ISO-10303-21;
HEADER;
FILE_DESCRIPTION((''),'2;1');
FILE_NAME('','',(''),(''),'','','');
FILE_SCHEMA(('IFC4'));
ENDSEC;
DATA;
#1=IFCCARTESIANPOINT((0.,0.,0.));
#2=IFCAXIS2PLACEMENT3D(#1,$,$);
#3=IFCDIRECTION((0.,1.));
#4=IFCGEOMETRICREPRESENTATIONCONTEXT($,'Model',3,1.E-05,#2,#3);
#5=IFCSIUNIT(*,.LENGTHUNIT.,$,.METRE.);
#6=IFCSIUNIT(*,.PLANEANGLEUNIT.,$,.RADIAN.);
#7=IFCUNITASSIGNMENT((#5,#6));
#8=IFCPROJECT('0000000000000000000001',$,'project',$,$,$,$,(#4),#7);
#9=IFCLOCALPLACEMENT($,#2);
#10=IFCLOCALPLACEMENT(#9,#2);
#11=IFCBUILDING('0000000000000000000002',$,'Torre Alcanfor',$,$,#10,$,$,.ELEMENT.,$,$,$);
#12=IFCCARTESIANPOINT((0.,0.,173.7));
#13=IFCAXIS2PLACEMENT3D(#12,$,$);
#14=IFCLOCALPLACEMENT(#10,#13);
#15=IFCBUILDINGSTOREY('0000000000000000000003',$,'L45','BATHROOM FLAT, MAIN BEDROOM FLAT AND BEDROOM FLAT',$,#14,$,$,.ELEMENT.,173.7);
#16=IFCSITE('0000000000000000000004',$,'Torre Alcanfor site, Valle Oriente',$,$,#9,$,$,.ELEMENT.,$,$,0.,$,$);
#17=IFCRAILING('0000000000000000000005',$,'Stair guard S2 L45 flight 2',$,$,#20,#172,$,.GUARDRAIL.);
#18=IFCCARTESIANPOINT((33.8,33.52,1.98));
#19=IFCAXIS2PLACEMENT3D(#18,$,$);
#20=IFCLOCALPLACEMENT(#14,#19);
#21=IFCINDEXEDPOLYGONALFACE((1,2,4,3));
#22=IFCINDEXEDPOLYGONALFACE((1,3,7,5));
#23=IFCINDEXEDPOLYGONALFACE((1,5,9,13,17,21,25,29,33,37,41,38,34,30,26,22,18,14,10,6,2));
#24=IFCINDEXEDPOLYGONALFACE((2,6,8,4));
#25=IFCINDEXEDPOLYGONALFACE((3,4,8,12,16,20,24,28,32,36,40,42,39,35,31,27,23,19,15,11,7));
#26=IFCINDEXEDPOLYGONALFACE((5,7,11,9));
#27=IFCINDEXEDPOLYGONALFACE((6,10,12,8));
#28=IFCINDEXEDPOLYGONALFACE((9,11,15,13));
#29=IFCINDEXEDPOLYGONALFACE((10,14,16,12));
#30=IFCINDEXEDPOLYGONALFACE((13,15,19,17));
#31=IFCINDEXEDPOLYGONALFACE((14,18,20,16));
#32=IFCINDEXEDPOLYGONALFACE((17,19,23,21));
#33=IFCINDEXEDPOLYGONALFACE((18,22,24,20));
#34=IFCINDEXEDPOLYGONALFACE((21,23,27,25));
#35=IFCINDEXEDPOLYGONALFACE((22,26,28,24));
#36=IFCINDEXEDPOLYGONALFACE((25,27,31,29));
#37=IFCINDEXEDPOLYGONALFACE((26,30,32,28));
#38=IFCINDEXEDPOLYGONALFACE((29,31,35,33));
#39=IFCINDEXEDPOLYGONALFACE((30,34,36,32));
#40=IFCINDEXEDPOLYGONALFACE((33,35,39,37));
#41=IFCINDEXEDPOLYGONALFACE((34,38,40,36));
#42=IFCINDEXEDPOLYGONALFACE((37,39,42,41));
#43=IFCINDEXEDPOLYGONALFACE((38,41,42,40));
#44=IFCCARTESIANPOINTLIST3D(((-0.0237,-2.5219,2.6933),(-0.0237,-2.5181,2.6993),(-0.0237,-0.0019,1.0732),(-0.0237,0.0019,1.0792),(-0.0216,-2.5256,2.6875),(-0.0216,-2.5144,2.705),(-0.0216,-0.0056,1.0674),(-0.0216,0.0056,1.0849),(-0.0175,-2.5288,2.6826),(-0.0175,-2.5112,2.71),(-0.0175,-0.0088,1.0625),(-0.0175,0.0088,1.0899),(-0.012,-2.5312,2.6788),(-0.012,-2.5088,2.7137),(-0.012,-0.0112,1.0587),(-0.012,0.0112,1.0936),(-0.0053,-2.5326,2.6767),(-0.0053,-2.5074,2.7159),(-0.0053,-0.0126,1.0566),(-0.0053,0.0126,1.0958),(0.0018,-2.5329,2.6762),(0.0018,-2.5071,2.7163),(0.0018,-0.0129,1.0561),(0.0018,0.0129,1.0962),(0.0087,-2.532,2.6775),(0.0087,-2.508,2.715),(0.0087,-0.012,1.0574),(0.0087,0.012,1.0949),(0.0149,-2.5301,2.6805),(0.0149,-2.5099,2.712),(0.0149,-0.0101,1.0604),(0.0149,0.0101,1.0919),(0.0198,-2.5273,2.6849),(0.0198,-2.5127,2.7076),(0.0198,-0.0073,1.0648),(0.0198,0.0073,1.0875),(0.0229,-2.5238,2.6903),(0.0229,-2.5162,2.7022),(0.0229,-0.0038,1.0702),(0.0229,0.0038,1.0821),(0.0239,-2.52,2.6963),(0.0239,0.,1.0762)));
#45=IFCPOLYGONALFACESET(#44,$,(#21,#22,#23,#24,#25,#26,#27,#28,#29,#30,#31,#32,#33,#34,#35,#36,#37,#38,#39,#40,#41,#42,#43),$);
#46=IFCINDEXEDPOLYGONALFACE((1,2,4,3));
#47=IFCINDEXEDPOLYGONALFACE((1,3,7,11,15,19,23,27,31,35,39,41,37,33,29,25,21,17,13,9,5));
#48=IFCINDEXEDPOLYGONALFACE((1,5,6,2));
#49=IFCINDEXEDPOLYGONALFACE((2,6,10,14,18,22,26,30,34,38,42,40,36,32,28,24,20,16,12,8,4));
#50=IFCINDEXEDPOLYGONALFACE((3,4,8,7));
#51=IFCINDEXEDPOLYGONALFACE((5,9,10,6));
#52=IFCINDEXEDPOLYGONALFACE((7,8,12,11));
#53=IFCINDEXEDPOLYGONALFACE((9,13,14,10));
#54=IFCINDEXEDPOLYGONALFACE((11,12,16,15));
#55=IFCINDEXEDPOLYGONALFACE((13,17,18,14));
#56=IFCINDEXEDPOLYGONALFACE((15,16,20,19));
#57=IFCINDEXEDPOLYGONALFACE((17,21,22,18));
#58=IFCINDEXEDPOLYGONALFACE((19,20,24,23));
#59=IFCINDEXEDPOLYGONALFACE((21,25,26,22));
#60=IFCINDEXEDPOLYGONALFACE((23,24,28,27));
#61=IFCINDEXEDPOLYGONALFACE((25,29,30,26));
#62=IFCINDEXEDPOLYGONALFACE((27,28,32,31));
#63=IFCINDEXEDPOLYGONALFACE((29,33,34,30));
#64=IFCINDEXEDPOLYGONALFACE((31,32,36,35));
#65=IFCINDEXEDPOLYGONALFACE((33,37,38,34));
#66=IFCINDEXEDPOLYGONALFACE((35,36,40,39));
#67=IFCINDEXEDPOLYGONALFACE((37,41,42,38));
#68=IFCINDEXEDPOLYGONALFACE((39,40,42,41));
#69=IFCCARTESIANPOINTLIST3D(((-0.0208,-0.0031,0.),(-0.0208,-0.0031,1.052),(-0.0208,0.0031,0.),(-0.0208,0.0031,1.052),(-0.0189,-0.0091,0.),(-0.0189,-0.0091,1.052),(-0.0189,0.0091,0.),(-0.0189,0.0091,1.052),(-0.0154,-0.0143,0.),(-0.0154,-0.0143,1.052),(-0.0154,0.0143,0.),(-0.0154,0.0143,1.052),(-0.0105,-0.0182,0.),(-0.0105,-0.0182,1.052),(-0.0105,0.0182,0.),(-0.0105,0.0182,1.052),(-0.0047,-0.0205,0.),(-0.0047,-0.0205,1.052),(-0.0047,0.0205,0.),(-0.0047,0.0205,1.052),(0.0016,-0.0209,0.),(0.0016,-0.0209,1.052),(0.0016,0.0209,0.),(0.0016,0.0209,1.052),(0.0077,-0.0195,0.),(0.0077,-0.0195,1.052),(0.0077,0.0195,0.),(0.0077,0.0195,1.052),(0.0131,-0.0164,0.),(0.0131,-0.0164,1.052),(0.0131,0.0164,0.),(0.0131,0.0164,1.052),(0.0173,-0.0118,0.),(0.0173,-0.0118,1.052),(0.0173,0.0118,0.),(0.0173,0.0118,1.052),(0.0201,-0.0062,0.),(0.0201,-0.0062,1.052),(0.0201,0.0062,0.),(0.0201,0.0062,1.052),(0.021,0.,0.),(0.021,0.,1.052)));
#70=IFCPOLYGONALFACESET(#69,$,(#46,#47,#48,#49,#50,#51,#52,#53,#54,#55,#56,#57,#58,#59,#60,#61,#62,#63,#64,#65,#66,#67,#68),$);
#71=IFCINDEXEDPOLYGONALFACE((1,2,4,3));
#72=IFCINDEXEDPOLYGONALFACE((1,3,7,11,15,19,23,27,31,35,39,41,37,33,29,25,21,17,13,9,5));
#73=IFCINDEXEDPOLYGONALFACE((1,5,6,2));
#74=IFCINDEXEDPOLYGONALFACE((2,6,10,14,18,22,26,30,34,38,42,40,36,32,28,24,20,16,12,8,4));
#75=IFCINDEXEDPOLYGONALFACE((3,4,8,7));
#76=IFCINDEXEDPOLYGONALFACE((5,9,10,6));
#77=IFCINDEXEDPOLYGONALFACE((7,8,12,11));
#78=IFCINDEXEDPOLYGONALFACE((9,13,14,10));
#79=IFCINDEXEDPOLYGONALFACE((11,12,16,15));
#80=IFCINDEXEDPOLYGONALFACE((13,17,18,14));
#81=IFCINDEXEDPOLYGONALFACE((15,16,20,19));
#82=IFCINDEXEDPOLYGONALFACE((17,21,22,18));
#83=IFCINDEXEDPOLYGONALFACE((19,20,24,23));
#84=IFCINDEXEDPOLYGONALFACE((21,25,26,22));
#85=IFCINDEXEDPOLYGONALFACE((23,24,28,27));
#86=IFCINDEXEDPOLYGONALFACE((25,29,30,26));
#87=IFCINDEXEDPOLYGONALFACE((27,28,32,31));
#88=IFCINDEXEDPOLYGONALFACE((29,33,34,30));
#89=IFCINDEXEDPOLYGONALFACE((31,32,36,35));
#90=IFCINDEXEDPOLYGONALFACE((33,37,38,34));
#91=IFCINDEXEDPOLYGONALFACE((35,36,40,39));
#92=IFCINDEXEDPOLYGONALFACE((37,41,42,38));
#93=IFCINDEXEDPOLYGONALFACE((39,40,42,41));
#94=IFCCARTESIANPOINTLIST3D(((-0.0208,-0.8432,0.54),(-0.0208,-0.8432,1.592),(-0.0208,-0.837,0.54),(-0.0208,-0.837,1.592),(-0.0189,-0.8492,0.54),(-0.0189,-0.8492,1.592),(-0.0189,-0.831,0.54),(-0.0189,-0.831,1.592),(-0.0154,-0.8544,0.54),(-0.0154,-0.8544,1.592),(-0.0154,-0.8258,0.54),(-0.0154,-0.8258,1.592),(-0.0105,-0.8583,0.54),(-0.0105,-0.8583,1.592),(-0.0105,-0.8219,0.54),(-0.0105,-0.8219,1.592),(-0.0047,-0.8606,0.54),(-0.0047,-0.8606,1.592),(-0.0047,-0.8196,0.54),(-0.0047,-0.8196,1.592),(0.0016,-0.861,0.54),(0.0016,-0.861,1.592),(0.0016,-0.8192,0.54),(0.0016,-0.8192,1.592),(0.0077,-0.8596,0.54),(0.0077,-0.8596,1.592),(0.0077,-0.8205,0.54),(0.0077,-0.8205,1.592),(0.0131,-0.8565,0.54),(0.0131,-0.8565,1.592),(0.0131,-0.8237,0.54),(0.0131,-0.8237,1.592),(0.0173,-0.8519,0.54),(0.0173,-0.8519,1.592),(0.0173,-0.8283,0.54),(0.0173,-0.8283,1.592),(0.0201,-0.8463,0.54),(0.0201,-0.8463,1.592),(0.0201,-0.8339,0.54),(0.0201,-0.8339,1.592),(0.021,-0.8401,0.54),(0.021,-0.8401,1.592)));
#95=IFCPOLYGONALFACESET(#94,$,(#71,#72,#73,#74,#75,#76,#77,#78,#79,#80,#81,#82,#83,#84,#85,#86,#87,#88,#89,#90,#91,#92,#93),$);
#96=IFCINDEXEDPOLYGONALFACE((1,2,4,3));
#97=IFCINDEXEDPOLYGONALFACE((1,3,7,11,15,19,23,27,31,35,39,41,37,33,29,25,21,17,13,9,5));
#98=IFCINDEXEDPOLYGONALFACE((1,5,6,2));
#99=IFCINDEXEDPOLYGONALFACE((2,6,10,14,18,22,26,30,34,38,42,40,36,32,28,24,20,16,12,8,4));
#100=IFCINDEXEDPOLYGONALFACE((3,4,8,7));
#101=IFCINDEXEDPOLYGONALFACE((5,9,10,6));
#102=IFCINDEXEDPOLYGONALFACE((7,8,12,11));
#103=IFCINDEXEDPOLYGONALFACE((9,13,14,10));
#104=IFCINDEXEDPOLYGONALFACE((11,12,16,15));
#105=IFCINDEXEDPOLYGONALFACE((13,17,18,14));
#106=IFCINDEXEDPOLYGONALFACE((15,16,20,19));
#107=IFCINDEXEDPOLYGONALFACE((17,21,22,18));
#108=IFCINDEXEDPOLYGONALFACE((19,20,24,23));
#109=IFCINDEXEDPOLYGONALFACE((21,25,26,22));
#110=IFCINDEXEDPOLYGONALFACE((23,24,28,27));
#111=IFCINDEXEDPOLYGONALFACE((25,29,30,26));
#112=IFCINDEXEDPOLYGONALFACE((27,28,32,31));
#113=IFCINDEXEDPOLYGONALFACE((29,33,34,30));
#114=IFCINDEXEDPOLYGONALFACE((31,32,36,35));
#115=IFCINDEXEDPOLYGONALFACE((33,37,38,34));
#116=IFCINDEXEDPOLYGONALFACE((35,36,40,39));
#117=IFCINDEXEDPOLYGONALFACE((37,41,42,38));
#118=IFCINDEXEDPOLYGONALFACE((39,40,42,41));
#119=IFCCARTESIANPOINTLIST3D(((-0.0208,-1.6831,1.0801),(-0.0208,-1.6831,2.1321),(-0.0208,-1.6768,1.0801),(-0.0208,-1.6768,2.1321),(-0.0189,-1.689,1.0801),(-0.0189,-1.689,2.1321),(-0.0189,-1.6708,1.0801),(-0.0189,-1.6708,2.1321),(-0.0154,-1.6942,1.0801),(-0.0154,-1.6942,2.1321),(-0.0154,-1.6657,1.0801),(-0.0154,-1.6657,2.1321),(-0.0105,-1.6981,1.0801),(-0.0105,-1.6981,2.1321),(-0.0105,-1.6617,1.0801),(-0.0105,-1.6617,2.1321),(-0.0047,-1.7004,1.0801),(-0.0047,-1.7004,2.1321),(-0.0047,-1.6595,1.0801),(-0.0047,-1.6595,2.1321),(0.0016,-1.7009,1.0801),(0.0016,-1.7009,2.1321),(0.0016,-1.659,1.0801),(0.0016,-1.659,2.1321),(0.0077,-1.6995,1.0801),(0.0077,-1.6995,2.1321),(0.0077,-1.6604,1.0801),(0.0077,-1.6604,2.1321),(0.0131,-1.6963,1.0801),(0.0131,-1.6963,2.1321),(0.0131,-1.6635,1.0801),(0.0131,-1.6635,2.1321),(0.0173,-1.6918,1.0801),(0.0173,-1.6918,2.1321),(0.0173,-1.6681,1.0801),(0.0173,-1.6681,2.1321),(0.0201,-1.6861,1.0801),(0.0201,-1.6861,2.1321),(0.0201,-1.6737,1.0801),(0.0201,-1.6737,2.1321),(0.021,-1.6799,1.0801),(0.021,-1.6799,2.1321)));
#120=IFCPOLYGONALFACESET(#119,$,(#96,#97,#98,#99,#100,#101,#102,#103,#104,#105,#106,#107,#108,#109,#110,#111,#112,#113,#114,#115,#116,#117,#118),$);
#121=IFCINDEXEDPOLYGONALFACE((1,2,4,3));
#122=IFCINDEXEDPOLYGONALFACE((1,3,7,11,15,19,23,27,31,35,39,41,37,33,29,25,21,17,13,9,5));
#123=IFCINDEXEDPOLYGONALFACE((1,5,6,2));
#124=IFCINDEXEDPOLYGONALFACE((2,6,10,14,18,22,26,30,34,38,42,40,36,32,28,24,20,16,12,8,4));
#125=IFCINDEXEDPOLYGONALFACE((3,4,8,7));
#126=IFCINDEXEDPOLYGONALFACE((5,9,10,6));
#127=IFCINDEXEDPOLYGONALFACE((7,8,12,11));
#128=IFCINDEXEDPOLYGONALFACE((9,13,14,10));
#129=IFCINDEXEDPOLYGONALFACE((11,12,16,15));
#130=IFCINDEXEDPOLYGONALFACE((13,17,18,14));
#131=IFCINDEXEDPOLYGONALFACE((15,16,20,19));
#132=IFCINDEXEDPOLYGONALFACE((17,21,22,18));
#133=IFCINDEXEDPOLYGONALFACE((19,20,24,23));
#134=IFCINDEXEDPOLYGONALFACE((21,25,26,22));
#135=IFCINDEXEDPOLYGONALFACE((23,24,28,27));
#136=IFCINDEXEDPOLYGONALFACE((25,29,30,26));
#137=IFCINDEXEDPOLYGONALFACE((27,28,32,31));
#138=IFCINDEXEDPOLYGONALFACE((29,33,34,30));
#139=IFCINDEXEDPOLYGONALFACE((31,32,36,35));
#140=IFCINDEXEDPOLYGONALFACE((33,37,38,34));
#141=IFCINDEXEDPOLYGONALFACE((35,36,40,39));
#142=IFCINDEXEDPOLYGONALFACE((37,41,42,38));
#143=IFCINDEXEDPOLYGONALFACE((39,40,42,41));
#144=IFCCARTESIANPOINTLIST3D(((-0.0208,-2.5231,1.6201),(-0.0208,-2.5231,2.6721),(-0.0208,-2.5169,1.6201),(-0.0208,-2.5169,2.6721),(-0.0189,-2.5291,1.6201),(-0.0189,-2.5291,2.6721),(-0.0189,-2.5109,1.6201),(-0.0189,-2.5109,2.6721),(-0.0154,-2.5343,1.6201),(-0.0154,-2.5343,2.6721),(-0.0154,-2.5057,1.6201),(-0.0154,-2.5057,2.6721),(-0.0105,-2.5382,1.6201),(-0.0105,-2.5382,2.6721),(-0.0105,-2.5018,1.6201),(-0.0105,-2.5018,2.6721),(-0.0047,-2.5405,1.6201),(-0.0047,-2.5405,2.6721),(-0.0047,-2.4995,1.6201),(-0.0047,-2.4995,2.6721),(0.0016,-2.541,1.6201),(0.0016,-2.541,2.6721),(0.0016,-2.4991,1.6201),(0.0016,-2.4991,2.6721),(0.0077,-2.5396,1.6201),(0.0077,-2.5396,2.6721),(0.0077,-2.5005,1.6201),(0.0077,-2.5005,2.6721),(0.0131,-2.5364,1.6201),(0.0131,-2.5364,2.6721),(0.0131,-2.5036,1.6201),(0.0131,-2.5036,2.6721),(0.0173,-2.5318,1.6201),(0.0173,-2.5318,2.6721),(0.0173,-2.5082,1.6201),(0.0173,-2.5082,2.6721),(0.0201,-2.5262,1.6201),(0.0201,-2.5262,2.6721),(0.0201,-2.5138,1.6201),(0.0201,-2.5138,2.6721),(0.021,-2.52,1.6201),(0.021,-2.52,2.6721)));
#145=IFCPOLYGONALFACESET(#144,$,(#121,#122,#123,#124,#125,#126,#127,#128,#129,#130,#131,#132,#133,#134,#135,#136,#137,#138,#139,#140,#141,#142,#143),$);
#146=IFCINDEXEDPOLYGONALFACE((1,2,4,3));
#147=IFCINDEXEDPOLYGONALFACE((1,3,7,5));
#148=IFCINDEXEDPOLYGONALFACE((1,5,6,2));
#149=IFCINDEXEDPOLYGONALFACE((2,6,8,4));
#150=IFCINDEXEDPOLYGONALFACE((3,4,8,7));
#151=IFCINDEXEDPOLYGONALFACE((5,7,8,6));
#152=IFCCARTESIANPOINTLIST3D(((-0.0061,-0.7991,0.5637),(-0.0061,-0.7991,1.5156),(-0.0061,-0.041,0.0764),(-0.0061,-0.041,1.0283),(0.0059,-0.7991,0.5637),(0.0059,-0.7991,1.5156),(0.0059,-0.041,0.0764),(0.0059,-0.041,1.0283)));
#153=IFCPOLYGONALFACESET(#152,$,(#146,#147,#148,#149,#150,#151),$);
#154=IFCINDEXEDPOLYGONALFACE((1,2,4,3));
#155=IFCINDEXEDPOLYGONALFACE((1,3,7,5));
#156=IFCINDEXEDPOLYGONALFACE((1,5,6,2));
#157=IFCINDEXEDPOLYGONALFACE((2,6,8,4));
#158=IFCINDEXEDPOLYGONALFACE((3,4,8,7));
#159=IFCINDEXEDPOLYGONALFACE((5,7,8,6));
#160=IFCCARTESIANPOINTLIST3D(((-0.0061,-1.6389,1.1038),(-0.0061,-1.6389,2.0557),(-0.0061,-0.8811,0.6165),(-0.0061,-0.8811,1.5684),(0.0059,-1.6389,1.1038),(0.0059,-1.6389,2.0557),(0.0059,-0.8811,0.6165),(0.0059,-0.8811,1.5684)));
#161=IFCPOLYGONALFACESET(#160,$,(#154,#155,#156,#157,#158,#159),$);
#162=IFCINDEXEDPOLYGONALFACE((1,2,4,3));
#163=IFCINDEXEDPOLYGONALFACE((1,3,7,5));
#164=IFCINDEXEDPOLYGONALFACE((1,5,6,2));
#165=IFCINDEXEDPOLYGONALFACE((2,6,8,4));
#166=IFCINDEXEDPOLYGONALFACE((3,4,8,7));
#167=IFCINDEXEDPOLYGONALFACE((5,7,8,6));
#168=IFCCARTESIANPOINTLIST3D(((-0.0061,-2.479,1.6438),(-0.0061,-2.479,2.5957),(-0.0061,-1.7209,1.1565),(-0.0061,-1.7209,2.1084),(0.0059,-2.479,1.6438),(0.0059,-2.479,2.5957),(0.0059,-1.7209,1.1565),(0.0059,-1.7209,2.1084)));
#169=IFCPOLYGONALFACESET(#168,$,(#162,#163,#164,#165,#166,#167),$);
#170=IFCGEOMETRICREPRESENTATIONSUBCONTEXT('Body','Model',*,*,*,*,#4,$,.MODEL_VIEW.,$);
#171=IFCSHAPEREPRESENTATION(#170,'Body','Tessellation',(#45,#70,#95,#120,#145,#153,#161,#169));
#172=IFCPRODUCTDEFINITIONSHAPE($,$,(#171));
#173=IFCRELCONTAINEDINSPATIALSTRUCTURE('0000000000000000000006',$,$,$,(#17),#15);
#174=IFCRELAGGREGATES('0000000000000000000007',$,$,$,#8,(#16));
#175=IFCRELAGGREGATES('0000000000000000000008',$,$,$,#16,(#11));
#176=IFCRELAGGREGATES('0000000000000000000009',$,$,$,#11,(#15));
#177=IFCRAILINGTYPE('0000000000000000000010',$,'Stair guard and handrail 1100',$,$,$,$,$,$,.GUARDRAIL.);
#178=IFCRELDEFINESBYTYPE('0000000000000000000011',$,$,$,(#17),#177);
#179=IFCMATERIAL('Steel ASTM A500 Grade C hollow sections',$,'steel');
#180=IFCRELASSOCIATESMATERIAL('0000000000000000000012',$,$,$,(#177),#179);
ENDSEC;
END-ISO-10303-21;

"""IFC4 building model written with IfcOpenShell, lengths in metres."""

from ifc_helpers import new_model, si_unit, direction, frame, origin, origin_2d, place, context, subcontext, project, spatial, polyline, circle, outline, extrude, material, type_object, element, save


model = new_model("IFC4")

# Units and contexts
model_context = context("Model", 3, precision=1e-05, world=origin(), true_north=direction((0.0, 1.0)))
body_context = subcontext(model_context, "Body", "Model", "MODEL_VIEW")
ifc_project = project(units=[si_unit("LENGTHUNIT", "METRE"), si_unit("PLANEANGLEUNIT", "RADIAN")], contexts=[model_context])

# Site, building, storey
site_placement = place(None, origin())
site = spatial("IfcSite", under=ifc_project, at=site_placement, Name="Torre Alcanfor site, Valle Oriente", CompositionType="ELEMENT", RefElevation=0.0)
building_placement = place(site_placement, origin())
building = spatial("IfcBuilding", under=site, at=building_placement, Name="Torre Alcanfor", CompositionType="ELEMENT")
storey_placement = place(building_placement, frame((0.0, 0.0, 173.7)))
storey = spatial("IfcBuildingStorey", under=building, at=storey_placement, Name="L45", Description="BATHROOM FLAT, MAIN BEDROOM FLAT AND BEDROOM FLAT", CompositionType="ELEMENT", Elevation=173.7)

# Railing
ifc_material_1 = material(Name="Steel ASTM A500 Grade C hollow sections", Category="steel")
railing_type_1 = type_object("IfcRailingType", Name="Stair guard and handrail 1100", PredefinedType="GUARDRAIL", material=ifc_material_1)
railing_1_placement = place(storey_placement, frame((33.8, 33.52, 1.98)))
element("IfcRailing", 1, at=railing_1_placement, inside=storey, type_object=railing_type_1, Name="Stair guard S2 L45 flight 2", PredefinedType="GUARDRAIL", context=body_context, shape_type="SweptSolid", body=[
    extrude(circle(Radius=0.0239, at=origin_2d()), frame((0.0, 0.0, 1.0762), z_axis=(0.0, -0.841163, 0.540782), x_axis=(1.0, 0.0, 0.0)), (0.0, 0.0, 1.0), 2.9958),
    extrude(circle(Radius=0.021, at=origin_2d()), origin(), (0.0, 0.0, 1.0), 1.052),
    extrude(circle(Radius=0.021, at=origin_2d()), frame((0.0, -0.8401, 0.54)), (0.0, 0.0, 1.0), 1.052),
    extrude(circle(Radius=0.021, at=origin_2d()), frame((0.0, -1.6799, 1.0801)), (0.0, 0.0, 1.0), 1.052),
    extrude(circle(Radius=0.021, at=origin_2d()), frame((0.0, -2.52, 1.6201)), (0.0, 0.0, 1.0), 1.052),
    extrude(outline(polyline([(0.041, 0.0764), (0.7991, 0.5637), (0.7991, 1.5156), (0.041, 1.0283), (0.041, 0.0764)])), frame((0.0059, 0.0, 0.0), z_axis=(-1.0, 0.0, 0.0), x_axis=(0.0, -1.0, 0.0)), (0.0, 0.0, 1.0), 0.012),
    extrude(outline(polyline([(0.8811, 0.6165), (1.6389, 1.1038), (1.6389, 2.0557), (0.8811, 1.5684), (0.8811, 0.6165)])), frame((0.0059, 0.0, 0.0), z_axis=(-1.0, 0.0, 0.0), x_axis=(0.0, -1.0, 0.0)), (0.0, 0.0, 1.0), 0.012),
    extrude(outline(polyline([(1.7209, 1.1565), (2.479, 1.6438), (2.479, 2.5957), (1.7209, 2.1084), (1.7209, 1.1565)])), frame((0.0059, 0.0, 0.0), z_axis=(-1.0, 0.0, 0.0), x_axis=(0.0, -1.0, 0.0)), (0.0, 0.0, 1.0), 0.012),
])

save(model, "model.ifc")
